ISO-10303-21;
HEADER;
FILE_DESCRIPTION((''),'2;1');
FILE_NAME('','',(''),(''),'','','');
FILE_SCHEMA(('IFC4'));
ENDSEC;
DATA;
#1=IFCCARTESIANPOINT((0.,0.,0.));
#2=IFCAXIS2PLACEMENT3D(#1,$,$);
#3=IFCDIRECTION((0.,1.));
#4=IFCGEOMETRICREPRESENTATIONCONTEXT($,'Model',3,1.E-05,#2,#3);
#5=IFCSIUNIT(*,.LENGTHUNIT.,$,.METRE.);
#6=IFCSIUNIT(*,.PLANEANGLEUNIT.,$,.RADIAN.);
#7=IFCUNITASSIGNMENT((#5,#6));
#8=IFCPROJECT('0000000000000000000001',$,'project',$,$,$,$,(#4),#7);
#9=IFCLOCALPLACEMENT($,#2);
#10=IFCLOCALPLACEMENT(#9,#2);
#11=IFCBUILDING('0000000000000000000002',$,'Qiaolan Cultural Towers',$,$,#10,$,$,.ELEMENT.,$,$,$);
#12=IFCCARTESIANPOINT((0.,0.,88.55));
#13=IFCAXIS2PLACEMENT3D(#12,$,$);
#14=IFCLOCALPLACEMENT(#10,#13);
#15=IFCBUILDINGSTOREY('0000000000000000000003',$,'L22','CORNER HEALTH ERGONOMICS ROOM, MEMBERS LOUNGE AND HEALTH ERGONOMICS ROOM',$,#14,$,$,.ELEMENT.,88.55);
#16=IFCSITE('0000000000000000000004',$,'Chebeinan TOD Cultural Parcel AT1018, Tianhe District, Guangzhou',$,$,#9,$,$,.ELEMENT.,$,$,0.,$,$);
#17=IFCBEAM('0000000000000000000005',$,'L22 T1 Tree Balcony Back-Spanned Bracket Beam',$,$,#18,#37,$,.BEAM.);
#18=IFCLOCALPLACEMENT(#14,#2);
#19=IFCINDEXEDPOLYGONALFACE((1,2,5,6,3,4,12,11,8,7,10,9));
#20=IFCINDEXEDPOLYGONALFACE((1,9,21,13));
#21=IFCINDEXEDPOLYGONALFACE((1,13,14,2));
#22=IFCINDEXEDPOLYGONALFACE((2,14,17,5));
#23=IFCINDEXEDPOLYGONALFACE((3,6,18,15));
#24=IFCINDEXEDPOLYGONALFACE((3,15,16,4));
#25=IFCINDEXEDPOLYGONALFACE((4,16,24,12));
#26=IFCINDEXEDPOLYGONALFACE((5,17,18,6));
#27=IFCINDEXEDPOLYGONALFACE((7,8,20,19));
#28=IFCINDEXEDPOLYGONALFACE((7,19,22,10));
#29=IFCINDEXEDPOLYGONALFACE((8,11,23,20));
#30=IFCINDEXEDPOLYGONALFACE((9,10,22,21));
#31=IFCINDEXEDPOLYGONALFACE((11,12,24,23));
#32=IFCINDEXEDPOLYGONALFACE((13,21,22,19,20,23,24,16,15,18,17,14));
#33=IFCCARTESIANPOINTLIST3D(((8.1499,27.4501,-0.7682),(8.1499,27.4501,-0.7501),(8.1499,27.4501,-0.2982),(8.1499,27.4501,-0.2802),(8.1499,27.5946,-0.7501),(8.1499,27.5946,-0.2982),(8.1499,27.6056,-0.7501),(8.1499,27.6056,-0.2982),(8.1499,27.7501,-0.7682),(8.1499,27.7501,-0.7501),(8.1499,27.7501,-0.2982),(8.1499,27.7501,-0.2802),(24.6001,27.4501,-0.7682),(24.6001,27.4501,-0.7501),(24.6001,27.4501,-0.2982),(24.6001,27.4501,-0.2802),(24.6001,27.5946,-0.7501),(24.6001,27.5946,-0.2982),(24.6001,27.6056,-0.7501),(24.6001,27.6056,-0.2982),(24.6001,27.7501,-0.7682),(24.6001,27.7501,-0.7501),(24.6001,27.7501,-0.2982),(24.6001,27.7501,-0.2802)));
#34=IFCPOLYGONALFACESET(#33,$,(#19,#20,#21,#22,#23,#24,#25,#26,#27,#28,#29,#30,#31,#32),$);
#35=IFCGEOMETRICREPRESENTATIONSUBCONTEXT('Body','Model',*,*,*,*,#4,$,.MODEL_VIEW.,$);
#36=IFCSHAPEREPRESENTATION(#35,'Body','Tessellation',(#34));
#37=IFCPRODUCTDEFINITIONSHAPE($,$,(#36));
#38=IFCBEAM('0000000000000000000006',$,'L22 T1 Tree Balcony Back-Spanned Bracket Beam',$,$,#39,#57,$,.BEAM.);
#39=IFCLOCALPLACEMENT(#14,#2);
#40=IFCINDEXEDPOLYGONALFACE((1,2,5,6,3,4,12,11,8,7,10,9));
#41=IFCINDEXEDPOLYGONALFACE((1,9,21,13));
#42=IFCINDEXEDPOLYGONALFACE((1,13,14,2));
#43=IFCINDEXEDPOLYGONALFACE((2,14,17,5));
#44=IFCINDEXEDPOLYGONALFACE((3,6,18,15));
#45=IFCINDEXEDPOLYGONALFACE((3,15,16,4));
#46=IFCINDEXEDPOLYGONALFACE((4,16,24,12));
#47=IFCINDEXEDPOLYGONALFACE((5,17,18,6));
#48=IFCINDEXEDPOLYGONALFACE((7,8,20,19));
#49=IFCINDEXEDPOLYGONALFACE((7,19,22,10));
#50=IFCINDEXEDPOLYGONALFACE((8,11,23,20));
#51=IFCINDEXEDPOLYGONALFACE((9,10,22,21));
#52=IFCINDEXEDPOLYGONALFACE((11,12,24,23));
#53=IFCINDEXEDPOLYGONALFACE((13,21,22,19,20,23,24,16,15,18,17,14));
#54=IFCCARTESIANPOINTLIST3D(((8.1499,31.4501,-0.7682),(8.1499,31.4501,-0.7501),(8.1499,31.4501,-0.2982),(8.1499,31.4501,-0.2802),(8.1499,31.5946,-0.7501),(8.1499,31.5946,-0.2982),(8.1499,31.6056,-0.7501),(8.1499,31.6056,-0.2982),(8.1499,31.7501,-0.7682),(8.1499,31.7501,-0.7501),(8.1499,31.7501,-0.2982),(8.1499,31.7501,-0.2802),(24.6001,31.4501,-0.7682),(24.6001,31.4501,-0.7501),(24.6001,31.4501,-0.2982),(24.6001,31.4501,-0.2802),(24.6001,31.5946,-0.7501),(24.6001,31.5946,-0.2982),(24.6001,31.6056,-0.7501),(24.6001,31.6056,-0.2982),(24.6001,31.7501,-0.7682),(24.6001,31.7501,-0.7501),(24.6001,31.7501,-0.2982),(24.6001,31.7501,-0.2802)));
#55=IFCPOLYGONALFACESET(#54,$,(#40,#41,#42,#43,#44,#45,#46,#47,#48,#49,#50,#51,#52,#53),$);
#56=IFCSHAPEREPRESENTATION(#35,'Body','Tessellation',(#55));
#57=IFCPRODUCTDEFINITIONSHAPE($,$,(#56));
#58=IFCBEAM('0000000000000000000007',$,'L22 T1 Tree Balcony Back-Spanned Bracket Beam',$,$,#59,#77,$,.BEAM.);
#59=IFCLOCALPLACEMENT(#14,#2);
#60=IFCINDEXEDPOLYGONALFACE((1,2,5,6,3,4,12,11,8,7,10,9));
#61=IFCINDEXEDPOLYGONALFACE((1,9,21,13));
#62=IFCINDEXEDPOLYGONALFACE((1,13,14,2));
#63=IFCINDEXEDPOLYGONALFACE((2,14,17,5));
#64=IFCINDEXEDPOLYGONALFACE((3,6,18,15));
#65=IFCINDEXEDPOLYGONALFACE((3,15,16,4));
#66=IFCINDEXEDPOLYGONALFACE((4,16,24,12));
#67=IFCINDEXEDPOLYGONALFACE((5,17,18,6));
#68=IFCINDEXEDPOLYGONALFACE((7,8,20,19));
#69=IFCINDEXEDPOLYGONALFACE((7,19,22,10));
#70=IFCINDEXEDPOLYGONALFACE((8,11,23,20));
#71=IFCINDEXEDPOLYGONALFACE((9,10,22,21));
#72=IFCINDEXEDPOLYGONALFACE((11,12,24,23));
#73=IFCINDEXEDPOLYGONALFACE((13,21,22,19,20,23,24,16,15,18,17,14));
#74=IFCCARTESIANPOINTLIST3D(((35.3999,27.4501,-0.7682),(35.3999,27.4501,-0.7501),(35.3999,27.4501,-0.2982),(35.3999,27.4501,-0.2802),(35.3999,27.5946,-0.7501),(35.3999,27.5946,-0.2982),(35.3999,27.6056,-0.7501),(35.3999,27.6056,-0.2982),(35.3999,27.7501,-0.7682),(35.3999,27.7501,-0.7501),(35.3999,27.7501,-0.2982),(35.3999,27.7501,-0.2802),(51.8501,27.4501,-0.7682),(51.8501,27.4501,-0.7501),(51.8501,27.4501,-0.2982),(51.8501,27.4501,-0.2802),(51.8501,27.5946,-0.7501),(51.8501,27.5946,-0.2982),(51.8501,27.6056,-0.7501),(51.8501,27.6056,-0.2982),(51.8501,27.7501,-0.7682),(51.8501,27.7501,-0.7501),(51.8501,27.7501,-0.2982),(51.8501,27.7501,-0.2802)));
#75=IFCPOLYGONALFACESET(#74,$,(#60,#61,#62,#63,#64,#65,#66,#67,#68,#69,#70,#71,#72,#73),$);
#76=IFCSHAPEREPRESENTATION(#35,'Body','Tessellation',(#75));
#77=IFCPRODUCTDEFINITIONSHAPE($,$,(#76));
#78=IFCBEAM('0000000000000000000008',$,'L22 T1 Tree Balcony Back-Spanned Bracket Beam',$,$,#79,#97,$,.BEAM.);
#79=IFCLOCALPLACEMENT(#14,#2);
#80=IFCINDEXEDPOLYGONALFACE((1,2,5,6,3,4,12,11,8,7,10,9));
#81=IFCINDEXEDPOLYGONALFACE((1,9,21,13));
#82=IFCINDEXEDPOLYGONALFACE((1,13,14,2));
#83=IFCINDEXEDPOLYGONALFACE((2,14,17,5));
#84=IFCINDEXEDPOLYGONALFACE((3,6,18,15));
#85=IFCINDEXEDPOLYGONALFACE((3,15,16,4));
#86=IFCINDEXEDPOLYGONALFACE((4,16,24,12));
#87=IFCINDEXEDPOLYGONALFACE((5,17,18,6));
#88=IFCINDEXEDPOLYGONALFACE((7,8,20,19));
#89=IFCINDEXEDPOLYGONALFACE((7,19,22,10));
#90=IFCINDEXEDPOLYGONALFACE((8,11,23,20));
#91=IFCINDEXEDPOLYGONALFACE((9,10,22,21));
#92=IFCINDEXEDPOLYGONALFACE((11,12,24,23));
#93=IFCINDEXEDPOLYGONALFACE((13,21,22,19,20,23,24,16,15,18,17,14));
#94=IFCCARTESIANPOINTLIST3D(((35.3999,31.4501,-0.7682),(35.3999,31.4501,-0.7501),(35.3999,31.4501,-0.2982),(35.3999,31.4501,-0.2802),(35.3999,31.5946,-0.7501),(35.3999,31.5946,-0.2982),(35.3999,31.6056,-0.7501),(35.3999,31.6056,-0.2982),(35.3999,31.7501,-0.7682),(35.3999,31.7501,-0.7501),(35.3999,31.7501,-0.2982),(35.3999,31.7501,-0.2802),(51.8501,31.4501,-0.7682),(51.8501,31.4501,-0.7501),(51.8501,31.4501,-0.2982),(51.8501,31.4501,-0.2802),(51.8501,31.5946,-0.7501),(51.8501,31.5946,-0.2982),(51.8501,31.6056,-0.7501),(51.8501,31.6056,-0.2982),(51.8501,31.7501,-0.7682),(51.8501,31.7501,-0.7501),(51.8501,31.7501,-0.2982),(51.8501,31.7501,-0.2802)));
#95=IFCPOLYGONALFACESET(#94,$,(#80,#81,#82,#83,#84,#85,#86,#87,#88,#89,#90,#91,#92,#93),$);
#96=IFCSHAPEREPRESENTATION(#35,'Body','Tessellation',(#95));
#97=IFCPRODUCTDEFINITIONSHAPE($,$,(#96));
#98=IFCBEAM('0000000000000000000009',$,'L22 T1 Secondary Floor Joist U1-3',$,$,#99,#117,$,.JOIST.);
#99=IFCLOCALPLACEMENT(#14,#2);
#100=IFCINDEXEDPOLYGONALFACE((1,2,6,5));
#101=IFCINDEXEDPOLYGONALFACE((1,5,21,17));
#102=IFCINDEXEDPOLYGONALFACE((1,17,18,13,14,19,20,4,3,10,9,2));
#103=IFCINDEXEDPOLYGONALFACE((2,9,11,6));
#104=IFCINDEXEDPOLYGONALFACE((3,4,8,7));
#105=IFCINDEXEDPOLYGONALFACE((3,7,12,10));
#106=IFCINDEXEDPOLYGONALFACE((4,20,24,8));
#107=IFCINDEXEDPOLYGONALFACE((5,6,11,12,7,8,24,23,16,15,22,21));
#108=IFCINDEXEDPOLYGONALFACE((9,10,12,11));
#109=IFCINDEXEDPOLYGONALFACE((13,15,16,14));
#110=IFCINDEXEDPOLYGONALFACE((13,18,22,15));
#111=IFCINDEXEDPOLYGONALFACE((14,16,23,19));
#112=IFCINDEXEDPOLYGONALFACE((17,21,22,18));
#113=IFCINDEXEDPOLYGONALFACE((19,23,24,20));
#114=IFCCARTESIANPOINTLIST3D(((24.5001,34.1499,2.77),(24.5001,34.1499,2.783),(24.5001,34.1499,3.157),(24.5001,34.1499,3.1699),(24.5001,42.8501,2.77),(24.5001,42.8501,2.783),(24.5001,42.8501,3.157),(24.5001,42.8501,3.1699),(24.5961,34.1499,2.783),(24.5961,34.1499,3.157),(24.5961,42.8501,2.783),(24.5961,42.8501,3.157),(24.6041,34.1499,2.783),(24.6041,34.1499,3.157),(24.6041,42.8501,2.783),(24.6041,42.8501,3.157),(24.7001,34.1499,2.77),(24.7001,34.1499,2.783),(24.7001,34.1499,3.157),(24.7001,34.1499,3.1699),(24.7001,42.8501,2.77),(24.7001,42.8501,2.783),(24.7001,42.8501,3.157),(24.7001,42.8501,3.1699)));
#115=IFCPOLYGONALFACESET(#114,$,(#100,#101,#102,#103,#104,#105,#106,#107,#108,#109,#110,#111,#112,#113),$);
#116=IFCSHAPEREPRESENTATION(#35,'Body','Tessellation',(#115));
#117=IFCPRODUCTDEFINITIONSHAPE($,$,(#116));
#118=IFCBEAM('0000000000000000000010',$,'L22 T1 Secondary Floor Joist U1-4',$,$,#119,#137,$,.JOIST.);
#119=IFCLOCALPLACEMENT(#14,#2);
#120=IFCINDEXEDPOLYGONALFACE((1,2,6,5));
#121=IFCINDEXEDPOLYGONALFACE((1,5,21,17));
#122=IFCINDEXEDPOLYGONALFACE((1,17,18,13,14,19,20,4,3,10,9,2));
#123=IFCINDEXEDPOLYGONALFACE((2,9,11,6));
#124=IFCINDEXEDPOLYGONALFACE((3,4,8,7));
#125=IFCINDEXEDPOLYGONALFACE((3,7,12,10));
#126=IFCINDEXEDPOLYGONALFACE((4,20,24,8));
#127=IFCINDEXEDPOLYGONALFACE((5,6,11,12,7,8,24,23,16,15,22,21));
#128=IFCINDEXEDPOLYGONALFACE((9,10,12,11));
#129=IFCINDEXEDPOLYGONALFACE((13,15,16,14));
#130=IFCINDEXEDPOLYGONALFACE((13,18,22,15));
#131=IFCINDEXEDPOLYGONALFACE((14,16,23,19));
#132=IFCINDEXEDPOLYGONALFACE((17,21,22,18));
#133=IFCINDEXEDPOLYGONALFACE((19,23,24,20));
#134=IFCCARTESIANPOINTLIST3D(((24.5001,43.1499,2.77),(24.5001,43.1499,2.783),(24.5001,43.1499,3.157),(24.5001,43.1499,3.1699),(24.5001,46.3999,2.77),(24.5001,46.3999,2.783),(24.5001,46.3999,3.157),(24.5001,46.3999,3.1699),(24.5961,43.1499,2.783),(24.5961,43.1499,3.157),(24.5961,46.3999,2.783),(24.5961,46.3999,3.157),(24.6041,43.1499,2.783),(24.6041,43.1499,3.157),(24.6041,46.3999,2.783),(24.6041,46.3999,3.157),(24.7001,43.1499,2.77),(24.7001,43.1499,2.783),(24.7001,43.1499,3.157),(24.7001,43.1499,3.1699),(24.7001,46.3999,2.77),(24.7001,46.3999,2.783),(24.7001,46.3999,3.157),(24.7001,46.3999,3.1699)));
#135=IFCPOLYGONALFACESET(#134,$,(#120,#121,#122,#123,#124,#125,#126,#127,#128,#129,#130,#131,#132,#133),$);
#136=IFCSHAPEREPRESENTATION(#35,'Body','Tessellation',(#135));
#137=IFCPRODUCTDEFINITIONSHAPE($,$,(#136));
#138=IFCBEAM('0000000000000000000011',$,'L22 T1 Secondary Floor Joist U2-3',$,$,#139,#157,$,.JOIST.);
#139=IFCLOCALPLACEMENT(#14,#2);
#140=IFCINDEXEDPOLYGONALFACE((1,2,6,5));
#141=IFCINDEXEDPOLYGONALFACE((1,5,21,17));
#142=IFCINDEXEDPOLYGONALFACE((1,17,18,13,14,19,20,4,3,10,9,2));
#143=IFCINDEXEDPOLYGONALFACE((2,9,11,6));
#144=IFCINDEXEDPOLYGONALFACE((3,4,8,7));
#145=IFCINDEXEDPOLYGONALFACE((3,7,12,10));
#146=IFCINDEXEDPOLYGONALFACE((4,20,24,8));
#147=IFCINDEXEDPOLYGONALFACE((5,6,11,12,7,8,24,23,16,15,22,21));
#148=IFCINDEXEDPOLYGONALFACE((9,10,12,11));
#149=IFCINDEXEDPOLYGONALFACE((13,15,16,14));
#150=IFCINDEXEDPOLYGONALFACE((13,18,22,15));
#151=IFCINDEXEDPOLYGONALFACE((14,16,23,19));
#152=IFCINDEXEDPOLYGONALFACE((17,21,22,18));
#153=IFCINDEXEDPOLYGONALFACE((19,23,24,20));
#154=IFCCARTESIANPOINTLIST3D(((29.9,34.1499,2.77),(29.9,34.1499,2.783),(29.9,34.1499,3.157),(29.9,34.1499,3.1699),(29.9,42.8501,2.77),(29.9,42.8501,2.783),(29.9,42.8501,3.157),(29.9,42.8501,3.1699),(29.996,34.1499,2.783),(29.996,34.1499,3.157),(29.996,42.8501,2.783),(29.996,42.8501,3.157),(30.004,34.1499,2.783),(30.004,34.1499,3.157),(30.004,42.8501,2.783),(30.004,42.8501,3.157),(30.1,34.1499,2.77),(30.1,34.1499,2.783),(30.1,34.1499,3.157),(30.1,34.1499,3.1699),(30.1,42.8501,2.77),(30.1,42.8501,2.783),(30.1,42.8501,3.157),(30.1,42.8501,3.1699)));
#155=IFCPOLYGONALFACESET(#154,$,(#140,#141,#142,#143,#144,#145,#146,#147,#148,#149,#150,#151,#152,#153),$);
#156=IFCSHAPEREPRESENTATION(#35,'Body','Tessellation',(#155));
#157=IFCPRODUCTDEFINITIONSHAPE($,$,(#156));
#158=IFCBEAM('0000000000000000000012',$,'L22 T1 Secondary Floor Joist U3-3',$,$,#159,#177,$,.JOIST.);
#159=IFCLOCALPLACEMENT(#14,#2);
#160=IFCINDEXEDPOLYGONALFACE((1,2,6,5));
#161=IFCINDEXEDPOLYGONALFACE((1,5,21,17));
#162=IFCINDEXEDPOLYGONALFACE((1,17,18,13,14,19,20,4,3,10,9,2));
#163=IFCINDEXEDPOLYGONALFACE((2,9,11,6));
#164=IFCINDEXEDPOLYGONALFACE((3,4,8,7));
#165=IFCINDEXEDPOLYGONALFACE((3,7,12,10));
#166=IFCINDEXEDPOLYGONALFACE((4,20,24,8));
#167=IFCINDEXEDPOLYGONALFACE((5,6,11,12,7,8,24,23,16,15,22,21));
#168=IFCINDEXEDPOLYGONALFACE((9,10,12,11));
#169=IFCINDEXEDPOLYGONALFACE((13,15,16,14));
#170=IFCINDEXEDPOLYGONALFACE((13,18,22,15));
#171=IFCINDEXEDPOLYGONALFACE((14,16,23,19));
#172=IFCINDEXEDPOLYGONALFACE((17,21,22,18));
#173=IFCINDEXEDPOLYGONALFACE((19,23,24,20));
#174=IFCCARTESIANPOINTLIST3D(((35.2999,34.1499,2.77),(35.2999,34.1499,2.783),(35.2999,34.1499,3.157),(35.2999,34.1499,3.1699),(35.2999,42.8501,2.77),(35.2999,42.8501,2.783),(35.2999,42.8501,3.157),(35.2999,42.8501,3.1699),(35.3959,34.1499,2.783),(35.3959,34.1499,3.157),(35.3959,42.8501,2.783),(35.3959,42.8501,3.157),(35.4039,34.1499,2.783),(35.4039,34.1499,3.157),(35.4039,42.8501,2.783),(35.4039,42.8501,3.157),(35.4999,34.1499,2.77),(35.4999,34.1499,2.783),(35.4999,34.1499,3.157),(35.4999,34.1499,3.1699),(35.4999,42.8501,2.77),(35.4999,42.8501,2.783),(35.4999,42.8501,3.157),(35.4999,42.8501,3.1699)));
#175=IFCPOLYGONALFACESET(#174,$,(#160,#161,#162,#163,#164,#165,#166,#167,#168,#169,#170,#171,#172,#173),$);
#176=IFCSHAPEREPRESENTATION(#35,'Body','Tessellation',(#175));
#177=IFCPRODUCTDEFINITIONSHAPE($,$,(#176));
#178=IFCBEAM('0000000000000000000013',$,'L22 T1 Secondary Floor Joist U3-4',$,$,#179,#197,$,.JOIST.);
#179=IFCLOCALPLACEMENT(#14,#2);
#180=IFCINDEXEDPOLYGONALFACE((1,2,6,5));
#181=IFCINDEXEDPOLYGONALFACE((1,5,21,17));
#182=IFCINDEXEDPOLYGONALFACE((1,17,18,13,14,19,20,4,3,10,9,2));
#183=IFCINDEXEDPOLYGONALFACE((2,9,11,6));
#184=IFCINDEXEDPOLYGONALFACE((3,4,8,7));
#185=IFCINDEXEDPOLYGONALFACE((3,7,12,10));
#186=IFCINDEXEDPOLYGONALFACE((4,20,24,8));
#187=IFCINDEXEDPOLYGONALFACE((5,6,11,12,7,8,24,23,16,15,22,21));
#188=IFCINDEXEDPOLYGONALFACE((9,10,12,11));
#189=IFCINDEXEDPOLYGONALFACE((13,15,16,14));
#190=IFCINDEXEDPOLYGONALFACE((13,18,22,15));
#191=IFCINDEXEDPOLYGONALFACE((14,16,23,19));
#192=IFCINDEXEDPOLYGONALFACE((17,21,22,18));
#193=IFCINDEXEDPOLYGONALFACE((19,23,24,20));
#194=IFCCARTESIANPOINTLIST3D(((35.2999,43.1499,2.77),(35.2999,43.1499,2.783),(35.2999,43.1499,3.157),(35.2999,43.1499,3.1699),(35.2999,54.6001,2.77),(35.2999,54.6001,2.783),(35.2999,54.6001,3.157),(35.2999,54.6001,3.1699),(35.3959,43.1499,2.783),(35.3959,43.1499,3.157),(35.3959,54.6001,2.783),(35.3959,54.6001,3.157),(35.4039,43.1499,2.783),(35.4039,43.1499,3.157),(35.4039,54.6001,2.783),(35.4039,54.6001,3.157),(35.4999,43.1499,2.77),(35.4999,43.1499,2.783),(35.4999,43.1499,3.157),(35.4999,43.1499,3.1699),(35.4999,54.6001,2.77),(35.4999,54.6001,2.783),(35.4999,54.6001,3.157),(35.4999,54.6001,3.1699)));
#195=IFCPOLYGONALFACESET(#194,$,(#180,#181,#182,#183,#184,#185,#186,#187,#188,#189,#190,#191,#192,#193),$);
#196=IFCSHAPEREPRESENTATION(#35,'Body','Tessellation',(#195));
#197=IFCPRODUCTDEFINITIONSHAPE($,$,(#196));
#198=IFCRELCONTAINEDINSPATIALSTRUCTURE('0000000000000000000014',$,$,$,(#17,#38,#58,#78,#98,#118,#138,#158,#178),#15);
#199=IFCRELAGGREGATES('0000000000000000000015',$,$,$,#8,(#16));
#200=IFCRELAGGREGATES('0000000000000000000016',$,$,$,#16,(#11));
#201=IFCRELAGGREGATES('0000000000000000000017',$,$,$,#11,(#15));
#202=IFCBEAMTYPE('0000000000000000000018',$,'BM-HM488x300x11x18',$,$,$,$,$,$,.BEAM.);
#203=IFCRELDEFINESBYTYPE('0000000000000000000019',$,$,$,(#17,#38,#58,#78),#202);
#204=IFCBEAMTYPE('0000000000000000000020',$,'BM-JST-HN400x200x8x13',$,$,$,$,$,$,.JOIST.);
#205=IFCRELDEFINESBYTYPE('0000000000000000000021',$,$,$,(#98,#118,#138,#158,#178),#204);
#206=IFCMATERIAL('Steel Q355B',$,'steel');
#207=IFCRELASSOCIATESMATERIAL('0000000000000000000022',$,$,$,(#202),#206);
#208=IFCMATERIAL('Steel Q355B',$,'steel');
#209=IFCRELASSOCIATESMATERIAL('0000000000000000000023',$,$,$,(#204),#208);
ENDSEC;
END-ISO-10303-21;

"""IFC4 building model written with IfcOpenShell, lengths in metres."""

from ifc_helpers import new_model, si_unit, direction, frame, origin, origin_2d, place, context, subcontext, project, spatial, i_section, extrude, material, material_profile, profile_set, type_object, element, save


model = new_model("IFC4")

# Units and contexts
model_context = context("Model", 3, precision=1e-05, world=origin(), true_north=direction((0.0, 1.0)))
body_context = subcontext(model_context, "Body", "Model", "MODEL_VIEW")
ifc_project = project(units=[si_unit("LENGTHUNIT", "METRE"), si_unit("PLANEANGLEUNIT", "RADIAN")], contexts=[model_context])

# Site, building, storey
site_placement = place(None, origin())
site = spatial("IfcSite", under=ifc_project, at=site_placement, Name="Chebeinan TOD Cultural Parcel AT1018, Tianhe District, Guangzhou", CompositionType="ELEMENT", RefElevation=0.0)
building_placement = place(site_placement, origin())
building = spatial("IfcBuilding", under=site, at=building_placement, Name="Qiaolan Cultural Towers", CompositionType="ELEMENT")
storey_placement = place(building_placement, frame((0.0, 0.0, 88.55)))
storey = spatial("IfcBuildingStorey", under=building, at=storey_placement, Name="L22", Description="CORNER HEALTH ERGONOMICS ROOM, MEMBERS LOUNGE AND HEALTH ERGONOMICS ROOM", CompositionType="ELEMENT", Elevation=88.55)

# Beams
ifc_material_1 = material(Name="Steel Q355B", Category="steel")
ifc_material_profile_1 = material_profile(ifc_material_1, i_section(OverallWidth=0.3, OverallDepth=0.488, WebThickness=0.011, FlangeThickness=0.0181, at=origin_2d()), Name="HM488x300x11x18")
ifc_profile_set_1 = profile_set([ifc_material_profile_1], Name="Steel Q355B")
beam_type_1 = type_object("IfcBeamType", Name="BM-HM488x300x11x18", PredefinedType="BEAM", material=ifc_profile_set_1)
for number, where, z_axis, x_axis, name in (
    (1, (24.6001, 27.6001, -0.5242), (-1.0, 0.0, 0.0), (0.0, -1.0, 0.0), "L22 T1 Tree Balcony Back-Spanned Bracket Beam"),
    (2, (24.6001, 31.6001, -0.5242), (-1.0, 0.0, 0.0), (0.0, -1.0, 0.0), "L22 T1 Tree Balcony Back-Spanned Bracket Beam"),
    (3, (35.3999, 27.6001, -0.5242), (1.0, 0.0, 0.0), (0.0, 1.0, 0.0), "L22 T1 Tree Balcony Back-Spanned Bracket Beam"),
    (4, (35.3999, 31.6001, -0.5242), (1.0, 0.0, 0.0), (0.0, 1.0, 0.0), "L22 T1 Tree Balcony Back-Spanned Bracket Beam"),
):
    element("IfcBeam", number, at=place(storey_placement, frame(where, z_axis=z_axis, x_axis=x_axis)), inside=storey, type_object=beam_type_1, Name=name, PredefinedType="BEAM", context=body_context, shape_type="SweptSolid", body=[
        extrude(i_section(OverallWidth=0.3, OverallDepth=0.488, WebThickness=0.011, FlangeThickness=0.0181, at=origin_2d()), origin(), (0.0, 0.0, 1.0), 16.4502),
    ])
ifc_material_2 = material(Name="Steel Q355B", Category="steel")
ifc_material_profile_2 = material_profile(ifc_material_2, i_section(OverallWidth=0.2, OverallDepth=0.3999, WebThickness=0.0081, FlangeThickness=0.0129, at=origin_2d()), Name="HN400x200x8x13")
ifc_profile_set_2 = profile_set([ifc_material_profile_2], Name="Steel Q355B")
beam_type_2 = type_object("IfcBeamType", Name="BM-JST-HN400x200x8x13", PredefinedType="JOIST", material=ifc_profile_set_2)
beam_1_placement = place(storey_placement, frame((24.6001, 34.1499, 2.97), z_axis=(0.0, 1.0, 0.0), x_axis=(-1.0, 0.0, 0.0)))
element("IfcBeam", 5, at=beam_1_placement, inside=storey, type_object=beam_type_2, Name="L22 T1 Secondary Floor Joist U1-3", PredefinedType="JOIST", context=body_context, shape_type="SweptSolid", body=[
    extrude(i_section(OverallWidth=0.2, OverallDepth=0.3999, WebThickness=0.0081, FlangeThickness=0.0129, at=origin_2d()), origin(), (0.0, 0.0, 1.0), 8.7002),
])
beam_2_placement = place(storey_placement, frame((24.6001, 43.1499, 2.97), z_axis=(0.0, 1.0, 0.0), x_axis=(-1.0, 0.0, 0.0)))
element("IfcBeam", 6, at=beam_2_placement, inside=storey, type_object=beam_type_2, Name="L22 T1 Secondary Floor Joist U1-4", PredefinedType="JOIST", context=body_context, shape_type="SweptSolid", body=[
    extrude(i_section(OverallWidth=0.2, OverallDepth=0.3999, WebThickness=0.0081, FlangeThickness=0.0129, at=origin_2d()), origin(), (0.0, 0.0, 1.0), 3.25),
])
for number, where, z_axis, x_axis, name in (
    (7, (30.0, 34.1499, 2.97), (0.0, 1.0, 0.0), (-1.0, 0.0, 0.0), "L22 T1 Secondary Floor Joist U2-3"),
    (8, (35.3999, 34.1499, 2.97), (0.0, 1.0, 0.0), (-1.0, 0.0, 0.0), "L22 T1 Secondary Floor Joist U3-3"),
):
    element("IfcBeam", number, at=place(storey_placement, frame(where, z_axis=z_axis, x_axis=x_axis)), inside=storey, type_object=beam_type_2, Name=name, PredefinedType="JOIST", context=body_context, shape_type="SweptSolid", body=[
        extrude(i_section(OverallWidth=0.2, OverallDepth=0.3999, WebThickness=0.0081, FlangeThickness=0.0129, at=origin_2d()), origin(), (0.0, 0.0, 1.0), 8.7002),
    ])
beam_3_placement = place(storey_placement, frame((35.3999, 43.1499, 2.97), z_axis=(0.0, 1.0, 0.0), x_axis=(-1.0, 0.0, 0.0)))
element("IfcBeam", 9, at=beam_3_placement, inside=storey, type_object=beam_type_2, Name="L22 T1 Secondary Floor Joist U3-4", PredefinedType="JOIST", context=body_context, shape_type="SweptSolid", body=[
    extrude(i_section(OverallWidth=0.2, OverallDepth=0.3999, WebThickness=0.0081, FlangeThickness=0.0129, at=origin_2d()), origin(), (0.0, 0.0, 1.0), 11.4502),
])

save(model, "model.ifc")
